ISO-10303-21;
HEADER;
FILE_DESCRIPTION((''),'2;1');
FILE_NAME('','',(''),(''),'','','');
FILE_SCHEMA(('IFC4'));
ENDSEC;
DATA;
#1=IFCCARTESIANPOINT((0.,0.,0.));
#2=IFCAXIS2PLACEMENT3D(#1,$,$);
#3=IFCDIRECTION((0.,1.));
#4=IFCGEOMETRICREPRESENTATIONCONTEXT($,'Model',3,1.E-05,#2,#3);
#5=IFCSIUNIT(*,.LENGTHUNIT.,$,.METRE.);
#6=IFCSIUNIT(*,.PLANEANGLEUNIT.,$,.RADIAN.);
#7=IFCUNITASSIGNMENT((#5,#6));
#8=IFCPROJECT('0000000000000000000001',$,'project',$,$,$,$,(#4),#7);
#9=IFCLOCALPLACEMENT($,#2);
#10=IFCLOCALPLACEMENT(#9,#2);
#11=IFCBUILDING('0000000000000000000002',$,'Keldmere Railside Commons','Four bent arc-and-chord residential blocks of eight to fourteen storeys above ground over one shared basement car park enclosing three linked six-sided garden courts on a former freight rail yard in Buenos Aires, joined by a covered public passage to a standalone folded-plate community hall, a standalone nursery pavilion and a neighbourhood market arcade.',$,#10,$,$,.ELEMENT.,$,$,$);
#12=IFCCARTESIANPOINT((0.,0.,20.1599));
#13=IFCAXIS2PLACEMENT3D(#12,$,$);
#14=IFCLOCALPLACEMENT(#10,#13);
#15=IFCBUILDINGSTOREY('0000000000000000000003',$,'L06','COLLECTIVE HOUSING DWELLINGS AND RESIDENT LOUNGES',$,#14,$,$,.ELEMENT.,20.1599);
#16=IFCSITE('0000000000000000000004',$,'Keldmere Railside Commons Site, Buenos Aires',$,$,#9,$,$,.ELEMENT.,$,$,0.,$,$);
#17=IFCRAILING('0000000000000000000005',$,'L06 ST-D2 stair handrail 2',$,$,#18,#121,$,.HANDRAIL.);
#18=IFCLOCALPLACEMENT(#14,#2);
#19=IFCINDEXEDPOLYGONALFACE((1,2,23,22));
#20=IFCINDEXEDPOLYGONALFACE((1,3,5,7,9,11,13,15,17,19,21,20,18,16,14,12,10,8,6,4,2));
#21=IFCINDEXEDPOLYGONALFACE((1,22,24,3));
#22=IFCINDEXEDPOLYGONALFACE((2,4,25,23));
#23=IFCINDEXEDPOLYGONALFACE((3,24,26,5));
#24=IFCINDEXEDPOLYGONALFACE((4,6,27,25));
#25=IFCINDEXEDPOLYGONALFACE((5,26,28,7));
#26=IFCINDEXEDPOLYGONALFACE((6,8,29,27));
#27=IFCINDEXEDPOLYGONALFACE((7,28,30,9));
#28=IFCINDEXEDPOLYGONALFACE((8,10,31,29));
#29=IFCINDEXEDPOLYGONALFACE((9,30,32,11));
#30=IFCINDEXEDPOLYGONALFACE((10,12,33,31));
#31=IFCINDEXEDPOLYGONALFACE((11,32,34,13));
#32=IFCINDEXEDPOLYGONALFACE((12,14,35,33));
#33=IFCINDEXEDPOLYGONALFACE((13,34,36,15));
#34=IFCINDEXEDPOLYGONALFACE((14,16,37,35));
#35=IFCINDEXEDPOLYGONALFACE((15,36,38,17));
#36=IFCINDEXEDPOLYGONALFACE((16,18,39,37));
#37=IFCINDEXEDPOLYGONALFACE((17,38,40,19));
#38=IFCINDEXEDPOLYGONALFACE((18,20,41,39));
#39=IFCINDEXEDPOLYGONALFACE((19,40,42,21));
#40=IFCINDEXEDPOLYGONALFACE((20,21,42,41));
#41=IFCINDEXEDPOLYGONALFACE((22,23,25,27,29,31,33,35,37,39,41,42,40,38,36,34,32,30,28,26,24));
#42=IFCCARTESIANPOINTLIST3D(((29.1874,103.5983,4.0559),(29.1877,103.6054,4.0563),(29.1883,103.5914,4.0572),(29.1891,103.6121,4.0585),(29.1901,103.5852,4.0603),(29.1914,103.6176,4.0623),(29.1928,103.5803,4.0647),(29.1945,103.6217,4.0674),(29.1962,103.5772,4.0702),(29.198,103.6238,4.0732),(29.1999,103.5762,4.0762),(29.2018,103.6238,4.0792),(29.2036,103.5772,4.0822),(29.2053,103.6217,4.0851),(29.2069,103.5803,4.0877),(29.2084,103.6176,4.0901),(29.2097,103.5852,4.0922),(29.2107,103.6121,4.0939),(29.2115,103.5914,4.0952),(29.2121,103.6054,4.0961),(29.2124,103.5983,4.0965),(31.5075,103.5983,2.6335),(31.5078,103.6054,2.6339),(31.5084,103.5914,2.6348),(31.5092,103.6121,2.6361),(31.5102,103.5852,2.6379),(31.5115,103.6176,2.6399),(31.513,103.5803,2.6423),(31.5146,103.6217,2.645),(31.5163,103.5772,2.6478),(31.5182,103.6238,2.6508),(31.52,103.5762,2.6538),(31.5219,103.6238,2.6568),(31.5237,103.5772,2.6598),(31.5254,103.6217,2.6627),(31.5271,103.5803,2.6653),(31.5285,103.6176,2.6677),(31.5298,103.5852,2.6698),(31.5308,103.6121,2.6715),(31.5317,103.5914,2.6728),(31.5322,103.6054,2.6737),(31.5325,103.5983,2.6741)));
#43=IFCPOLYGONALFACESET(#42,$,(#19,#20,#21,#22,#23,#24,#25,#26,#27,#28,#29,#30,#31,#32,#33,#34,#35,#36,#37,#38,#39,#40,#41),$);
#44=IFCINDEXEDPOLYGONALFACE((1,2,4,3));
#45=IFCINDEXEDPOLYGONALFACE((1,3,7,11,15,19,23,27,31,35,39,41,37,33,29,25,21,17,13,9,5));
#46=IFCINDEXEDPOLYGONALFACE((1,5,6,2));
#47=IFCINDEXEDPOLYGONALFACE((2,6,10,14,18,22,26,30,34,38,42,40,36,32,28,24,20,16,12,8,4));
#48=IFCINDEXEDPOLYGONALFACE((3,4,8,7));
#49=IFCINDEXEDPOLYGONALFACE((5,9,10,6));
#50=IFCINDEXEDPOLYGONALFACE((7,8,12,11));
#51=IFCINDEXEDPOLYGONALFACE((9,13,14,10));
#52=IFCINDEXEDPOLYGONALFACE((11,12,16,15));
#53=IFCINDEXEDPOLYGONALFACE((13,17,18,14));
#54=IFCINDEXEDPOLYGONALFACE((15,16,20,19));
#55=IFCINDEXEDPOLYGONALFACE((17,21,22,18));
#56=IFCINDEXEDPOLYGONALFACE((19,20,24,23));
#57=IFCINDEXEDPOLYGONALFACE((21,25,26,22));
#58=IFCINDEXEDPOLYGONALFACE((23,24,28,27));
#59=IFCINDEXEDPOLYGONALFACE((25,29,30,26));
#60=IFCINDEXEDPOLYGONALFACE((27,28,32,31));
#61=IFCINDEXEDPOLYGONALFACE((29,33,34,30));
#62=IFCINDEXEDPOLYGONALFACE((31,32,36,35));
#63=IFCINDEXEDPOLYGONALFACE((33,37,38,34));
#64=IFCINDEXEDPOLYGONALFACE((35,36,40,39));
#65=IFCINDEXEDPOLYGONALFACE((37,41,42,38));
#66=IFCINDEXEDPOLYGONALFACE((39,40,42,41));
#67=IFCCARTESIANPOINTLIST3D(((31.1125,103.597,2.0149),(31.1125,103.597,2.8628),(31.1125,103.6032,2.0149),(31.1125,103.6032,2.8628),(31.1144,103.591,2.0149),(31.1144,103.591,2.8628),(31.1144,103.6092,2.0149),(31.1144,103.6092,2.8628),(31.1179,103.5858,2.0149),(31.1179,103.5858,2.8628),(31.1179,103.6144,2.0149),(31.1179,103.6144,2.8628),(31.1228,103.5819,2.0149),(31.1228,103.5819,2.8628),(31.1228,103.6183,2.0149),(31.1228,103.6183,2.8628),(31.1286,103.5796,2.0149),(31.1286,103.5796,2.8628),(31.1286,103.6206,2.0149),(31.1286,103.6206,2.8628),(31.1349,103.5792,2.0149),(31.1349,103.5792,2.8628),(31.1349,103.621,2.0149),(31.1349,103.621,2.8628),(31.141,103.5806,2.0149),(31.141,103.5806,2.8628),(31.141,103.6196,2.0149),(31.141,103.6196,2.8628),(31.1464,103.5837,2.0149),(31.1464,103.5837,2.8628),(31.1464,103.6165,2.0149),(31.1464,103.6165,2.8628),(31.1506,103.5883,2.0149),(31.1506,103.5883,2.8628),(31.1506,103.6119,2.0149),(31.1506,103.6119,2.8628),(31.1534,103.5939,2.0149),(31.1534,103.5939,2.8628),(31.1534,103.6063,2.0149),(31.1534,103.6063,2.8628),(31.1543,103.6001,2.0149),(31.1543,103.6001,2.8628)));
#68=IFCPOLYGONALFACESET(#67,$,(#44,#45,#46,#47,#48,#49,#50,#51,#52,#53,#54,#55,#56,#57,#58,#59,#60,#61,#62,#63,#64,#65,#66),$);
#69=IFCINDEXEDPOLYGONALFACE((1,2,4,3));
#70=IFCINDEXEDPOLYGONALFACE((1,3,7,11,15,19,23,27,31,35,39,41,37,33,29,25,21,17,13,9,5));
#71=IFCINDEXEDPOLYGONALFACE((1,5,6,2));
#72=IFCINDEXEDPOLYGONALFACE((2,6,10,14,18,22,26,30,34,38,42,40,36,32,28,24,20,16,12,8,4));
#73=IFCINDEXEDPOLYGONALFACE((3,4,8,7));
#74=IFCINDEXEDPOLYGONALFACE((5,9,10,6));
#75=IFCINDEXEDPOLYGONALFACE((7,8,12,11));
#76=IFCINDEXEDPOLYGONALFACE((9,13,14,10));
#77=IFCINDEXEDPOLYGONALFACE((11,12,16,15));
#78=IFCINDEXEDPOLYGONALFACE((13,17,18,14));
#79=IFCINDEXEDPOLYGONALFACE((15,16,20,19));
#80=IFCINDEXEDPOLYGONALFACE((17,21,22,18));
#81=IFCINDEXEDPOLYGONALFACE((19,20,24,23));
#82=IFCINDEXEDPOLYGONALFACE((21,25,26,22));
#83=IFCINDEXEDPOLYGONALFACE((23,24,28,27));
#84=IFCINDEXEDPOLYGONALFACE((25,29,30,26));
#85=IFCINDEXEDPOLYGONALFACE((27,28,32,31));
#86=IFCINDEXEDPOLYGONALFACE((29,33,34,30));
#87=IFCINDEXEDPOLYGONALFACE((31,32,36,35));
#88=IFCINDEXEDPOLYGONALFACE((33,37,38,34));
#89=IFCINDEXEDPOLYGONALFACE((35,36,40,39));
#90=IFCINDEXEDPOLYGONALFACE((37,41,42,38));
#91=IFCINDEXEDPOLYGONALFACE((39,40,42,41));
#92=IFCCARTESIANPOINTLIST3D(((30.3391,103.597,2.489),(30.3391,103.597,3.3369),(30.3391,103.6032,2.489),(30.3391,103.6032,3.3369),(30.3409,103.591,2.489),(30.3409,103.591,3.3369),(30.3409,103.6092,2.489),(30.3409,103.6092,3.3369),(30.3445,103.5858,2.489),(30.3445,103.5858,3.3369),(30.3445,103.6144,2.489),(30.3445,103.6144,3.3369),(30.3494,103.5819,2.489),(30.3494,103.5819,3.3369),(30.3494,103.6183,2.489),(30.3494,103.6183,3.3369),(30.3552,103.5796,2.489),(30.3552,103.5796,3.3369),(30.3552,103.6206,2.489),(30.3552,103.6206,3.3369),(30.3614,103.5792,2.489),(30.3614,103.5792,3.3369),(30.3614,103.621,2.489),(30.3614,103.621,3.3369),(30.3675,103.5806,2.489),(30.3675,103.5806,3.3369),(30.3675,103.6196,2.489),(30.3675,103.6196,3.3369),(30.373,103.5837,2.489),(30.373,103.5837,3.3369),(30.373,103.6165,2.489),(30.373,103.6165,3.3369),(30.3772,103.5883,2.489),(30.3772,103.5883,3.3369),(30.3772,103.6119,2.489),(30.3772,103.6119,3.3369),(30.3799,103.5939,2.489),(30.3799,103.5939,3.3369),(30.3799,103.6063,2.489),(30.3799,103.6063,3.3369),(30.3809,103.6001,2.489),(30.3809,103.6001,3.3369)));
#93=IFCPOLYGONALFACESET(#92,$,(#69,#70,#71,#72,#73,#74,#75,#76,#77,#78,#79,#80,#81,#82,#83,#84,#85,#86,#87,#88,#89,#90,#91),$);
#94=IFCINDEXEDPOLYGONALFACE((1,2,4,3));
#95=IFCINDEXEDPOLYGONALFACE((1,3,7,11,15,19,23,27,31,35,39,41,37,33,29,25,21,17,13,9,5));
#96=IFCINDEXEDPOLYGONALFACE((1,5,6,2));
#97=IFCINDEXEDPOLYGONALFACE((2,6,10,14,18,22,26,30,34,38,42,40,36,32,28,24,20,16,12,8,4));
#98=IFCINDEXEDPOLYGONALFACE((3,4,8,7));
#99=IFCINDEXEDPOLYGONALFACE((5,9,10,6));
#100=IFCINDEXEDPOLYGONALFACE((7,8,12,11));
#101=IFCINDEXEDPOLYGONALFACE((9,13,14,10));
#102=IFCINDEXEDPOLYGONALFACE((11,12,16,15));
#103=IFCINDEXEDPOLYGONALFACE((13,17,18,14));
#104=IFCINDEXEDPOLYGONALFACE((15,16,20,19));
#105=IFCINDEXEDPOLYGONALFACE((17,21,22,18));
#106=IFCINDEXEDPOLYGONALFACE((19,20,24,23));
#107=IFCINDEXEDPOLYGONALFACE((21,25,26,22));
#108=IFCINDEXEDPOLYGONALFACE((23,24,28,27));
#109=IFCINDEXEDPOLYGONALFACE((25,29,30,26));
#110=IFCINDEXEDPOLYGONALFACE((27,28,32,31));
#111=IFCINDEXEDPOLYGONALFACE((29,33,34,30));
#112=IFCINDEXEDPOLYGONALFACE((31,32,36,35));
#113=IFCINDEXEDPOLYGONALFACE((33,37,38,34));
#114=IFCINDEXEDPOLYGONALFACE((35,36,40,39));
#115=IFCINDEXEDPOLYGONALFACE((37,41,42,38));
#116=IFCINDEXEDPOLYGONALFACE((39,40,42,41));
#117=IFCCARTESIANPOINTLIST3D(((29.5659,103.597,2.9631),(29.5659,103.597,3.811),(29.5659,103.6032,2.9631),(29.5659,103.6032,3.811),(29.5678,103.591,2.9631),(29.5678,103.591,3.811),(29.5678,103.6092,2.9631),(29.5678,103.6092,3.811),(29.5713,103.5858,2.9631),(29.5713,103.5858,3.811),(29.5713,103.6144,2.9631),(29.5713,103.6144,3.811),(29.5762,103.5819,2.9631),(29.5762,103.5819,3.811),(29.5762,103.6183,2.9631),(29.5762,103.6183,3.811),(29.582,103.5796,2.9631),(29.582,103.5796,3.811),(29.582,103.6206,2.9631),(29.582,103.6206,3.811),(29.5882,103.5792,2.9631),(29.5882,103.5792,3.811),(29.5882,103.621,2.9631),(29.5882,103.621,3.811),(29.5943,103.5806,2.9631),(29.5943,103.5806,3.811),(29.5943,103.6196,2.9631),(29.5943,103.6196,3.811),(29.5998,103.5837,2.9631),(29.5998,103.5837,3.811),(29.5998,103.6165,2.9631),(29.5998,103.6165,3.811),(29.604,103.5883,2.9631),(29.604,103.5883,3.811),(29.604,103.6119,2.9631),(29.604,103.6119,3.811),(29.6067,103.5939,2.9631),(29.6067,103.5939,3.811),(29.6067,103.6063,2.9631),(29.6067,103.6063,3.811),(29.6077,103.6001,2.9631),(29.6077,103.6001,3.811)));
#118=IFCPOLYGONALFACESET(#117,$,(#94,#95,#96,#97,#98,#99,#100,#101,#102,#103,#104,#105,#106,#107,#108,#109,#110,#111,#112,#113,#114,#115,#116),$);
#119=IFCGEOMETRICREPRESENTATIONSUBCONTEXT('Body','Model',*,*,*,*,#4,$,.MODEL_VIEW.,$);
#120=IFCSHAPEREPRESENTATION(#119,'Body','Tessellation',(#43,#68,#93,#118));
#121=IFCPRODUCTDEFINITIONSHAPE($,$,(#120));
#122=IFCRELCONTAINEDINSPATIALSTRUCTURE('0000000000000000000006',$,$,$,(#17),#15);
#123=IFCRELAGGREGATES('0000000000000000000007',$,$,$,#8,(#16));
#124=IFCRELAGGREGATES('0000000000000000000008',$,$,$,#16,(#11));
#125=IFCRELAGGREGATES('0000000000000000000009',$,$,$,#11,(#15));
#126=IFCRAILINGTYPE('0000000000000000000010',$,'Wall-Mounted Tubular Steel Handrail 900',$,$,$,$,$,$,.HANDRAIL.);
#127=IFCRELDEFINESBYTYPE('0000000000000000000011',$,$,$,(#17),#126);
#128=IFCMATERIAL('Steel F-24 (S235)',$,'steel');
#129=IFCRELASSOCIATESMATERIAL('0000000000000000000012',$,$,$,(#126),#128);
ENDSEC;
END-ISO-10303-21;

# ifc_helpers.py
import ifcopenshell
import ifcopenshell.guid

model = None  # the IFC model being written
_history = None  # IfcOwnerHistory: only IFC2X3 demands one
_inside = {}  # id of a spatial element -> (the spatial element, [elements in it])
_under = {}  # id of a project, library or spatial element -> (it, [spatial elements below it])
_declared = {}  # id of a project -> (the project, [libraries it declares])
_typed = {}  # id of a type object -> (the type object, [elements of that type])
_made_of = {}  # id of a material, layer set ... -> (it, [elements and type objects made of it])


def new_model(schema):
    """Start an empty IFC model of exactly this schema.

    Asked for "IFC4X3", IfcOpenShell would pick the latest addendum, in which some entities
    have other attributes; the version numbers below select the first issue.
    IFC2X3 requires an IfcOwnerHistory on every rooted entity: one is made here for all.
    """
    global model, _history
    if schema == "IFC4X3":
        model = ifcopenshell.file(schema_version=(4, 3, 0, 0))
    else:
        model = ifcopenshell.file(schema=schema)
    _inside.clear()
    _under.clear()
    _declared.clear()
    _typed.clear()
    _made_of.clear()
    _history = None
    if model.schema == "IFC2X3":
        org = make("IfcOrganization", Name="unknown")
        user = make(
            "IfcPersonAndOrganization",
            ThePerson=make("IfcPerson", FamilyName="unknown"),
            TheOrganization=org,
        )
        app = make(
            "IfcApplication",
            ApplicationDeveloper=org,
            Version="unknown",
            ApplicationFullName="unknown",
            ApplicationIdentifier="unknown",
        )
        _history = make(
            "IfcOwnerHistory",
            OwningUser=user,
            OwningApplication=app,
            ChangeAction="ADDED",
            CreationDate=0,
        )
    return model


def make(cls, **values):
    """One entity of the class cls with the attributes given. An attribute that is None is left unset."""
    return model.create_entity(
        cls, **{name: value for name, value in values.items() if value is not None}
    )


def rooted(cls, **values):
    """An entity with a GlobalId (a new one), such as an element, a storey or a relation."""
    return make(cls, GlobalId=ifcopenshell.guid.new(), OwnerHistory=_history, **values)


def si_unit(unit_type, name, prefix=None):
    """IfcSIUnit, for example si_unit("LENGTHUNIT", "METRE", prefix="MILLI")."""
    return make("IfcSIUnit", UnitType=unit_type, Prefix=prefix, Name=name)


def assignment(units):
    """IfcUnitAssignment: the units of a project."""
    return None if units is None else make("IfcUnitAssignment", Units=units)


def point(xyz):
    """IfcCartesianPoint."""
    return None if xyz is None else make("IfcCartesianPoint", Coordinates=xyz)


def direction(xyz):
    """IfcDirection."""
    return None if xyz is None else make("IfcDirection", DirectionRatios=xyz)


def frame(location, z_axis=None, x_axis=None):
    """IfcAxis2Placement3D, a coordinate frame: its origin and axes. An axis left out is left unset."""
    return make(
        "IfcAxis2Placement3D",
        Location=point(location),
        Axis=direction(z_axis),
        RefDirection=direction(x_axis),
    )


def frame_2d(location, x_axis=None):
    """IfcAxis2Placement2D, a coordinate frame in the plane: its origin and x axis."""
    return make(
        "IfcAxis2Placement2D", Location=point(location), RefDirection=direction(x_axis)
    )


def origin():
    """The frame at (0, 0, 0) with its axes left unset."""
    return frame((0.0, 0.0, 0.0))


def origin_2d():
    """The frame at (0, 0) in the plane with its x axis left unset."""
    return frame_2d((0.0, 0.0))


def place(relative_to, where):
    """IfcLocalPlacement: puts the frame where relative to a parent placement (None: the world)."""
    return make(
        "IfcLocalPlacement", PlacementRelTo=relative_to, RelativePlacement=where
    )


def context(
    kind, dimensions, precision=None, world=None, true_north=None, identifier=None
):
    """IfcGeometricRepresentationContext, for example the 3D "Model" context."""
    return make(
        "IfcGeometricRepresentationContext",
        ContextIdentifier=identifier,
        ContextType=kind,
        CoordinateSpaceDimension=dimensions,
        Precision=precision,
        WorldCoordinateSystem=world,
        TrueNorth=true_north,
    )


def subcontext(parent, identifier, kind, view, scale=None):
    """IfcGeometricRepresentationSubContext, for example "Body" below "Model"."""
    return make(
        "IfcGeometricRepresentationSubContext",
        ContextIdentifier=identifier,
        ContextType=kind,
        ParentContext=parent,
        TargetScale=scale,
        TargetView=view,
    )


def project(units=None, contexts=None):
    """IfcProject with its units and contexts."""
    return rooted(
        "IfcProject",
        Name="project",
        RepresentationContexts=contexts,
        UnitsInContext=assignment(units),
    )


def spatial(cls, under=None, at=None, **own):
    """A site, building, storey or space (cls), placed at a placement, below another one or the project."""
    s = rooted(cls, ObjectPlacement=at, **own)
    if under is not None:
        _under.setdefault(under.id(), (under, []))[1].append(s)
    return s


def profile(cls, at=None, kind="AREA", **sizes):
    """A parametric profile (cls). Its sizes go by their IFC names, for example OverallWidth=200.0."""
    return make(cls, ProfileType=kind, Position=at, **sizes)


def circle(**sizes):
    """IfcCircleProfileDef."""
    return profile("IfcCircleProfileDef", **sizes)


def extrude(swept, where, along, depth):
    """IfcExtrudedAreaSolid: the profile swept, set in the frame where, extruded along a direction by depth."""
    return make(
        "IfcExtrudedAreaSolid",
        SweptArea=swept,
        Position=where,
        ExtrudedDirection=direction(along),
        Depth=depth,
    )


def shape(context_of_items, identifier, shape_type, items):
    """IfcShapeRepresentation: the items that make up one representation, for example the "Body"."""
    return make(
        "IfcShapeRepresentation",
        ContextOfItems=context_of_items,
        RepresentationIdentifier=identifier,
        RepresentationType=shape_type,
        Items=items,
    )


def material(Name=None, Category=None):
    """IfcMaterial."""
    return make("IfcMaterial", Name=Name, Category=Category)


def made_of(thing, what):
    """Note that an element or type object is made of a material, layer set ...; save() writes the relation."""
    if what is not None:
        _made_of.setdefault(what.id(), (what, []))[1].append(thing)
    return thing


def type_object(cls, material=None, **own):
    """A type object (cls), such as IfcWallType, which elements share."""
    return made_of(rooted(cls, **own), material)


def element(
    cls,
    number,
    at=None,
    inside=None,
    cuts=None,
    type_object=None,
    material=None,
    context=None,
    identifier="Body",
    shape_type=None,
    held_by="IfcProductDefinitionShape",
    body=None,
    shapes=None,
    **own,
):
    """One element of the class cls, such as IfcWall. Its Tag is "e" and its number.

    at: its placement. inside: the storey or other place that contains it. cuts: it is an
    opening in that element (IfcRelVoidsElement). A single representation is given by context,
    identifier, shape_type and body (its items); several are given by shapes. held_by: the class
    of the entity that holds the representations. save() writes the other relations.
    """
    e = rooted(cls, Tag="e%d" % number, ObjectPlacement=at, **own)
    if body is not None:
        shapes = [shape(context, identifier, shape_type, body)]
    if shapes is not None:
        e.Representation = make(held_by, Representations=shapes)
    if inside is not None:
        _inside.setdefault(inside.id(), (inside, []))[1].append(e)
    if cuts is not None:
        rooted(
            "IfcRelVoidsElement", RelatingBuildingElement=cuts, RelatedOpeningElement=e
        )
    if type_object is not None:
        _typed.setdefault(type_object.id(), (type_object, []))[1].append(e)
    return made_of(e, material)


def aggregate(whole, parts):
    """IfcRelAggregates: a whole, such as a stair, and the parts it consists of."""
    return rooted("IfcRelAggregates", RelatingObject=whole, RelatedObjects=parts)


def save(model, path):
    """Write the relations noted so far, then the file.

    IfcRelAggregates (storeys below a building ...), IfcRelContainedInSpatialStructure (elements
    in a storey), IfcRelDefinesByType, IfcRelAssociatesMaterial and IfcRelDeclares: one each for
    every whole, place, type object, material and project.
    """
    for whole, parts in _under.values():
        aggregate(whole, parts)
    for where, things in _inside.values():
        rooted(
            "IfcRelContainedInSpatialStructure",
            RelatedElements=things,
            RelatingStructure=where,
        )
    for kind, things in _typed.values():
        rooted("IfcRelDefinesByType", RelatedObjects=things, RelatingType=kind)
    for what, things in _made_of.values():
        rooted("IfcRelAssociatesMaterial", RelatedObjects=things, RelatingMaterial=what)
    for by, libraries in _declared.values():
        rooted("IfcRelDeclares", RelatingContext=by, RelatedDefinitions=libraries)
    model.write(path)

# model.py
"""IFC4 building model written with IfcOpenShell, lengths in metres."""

from ifc_helpers import new_model, si_unit, direction, frame, origin, origin_2d, place, context, subcontext, project, spatial, circle, extrude, material, type_object, element, save


model = new_model("IFC4")

# Units and contexts
model_context = context("Model", 3, precision=1e-05, world=origin(), true_north=direction((0.0, 1.0)))
body_context = subcontext(model_context, "Body", "Model", "MODEL_VIEW")
ifc_project = project(units=[si_unit("LENGTHUNIT", "METRE"), si_unit("PLANEANGLEUNIT", "RADIAN")], contexts=[model_context])

# Site, building, storey
site_placement = place(None, origin())
site = spatial("IfcSite", under=ifc_project, at=site_placement, Name="Keldmere Railside Commons Site, Buenos Aires", CompositionType="ELEMENT", RefElevation=0.0)
building_placement = place(site_placement, origin())
building = spatial("IfcBuilding", under=site, at=building_placement, Name="Keldmere Railside Commons", Description="Four bent arc-and-chord residential blocks of eight to fourteen storeys above ground over one shared basement car park enclosing three linked six-sided garden courts on a former freight rail yard in Buenos Aires, joined by a covered public passage to a standalone folded-plate community hall, a standalone nursery pavilion and a neighbourhood market arcade.", CompositionType="ELEMENT")
storey_placement = place(building_placement, frame((0.0, 0.0, 20.1599)))
storey = spatial("IfcBuildingStorey", under=building, at=storey_placement, Name="L06", Description="COLLECTIVE HOUSING DWELLINGS AND RESIDENT LOUNGES", CompositionType="ELEMENT", Elevation=20.1599)

# Railing
ifc_material_1 = material(Name="Steel F-24 (S235)", Category="steel")
railing_type_1 = type_object("IfcRailingType", Name="Wall-Mounted Tubular Steel Handrail 900", PredefinedType="HANDRAIL", material=ifc_material_1)
railing_1_placement = place(storey_placement, frame((31.52, 103.6001, 1.7778)))
element("IfcRailing", 1, at=railing_1_placement, inside=storey, type_object=railing_type_1, Name="L06 ST-D2 stair handrail 2", PredefinedType="HANDRAIL", context=body_context, shape_type="SweptSolid", body=[
    extrude(circle(Radius=0.0239, at=origin_2d()), frame((0.0, 0.0, 0.876), z_axis=(-0.852538, 0.0, 0.522665), x_axis=(0.0, -1.0, 0.0)), (0.0, 0.0, 1.0), 2.7214),
    extrude(circle(Radius=0.021, at=origin_2d()), frame((-0.3867, 0.0, 0.2371)), (0.0, 0.0, 1.0), 0.8479),
    extrude(circle(Radius=0.021, at=origin_2d()), frame((-1.1602, 0.0, 0.7112)), (0.0, 0.0, 1.0), 0.8479),
    extrude(circle(Radius=0.021, at=origin_2d()), frame((-1.9333, 0.0, 1.1853)), (0.0, 0.0, 1.0), 0.8479),
])

save(model, "model.ifc")
